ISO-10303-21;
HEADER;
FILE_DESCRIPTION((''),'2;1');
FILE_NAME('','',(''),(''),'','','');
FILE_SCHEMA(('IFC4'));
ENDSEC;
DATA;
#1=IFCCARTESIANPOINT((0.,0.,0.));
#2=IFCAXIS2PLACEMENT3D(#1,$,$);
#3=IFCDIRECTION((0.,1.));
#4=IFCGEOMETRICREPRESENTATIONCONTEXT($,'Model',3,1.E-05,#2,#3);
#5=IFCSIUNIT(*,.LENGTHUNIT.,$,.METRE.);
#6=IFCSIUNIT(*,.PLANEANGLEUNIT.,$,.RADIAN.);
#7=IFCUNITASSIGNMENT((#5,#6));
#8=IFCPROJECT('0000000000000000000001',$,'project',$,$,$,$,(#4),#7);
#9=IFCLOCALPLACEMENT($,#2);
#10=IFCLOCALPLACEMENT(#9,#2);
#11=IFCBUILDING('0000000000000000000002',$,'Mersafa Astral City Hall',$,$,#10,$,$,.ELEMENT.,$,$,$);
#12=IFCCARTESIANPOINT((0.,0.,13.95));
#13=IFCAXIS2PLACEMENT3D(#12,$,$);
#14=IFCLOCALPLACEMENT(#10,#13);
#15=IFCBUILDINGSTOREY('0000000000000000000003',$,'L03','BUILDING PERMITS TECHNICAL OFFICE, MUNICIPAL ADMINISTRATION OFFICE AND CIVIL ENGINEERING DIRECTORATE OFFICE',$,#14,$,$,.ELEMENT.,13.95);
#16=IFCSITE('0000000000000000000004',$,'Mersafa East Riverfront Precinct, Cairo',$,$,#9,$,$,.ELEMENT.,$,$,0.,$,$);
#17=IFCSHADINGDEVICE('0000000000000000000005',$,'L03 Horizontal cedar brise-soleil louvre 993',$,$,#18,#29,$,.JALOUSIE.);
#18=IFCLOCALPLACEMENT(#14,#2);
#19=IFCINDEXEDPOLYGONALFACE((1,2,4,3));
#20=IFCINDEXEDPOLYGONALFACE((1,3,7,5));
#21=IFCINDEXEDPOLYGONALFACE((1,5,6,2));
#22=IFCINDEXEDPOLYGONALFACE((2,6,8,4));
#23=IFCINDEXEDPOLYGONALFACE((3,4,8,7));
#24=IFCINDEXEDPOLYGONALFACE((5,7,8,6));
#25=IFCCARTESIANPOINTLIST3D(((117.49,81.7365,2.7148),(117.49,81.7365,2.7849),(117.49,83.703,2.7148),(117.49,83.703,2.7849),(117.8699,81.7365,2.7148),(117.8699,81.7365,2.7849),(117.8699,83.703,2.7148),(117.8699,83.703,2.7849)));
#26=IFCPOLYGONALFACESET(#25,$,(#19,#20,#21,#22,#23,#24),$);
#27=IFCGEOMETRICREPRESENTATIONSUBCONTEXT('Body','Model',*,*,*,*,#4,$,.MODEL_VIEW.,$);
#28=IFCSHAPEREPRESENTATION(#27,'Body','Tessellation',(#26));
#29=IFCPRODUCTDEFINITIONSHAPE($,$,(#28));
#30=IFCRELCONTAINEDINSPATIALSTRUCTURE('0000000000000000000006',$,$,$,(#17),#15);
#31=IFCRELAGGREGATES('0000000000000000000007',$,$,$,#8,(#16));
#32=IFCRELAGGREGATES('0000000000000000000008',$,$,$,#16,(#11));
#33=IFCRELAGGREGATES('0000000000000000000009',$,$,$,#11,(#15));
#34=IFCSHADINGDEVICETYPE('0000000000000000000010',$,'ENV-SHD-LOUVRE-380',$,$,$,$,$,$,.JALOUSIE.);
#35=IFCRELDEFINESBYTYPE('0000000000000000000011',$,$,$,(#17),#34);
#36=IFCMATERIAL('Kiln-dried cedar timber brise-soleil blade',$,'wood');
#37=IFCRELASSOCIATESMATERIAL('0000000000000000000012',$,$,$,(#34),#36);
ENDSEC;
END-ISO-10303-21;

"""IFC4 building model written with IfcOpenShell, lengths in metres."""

from ifc_helpers import new_model, si_unit, direction, frame, origin, origin_2d, place, context, subcontext, project, spatial, rectangle, extrude, material, type_object, element, save


model = new_model("IFC4")

# Units and contexts
model_context = context("Model", 3, precision=1e-05, world=origin(), true_north=direction((0.0, 1.0)))
body_context = subcontext(model_context, "Body", "Model", "MODEL_VIEW")
ifc_project = project(units=[si_unit("LENGTHUNIT", "METRE"), si_unit("PLANEANGLEUNIT", "RADIAN")], contexts=[model_context])

# Site, building, storey
site_placement = place(None, origin())
site = spatial("IfcSite", under=ifc_project, at=site_placement, Name="Mersafa East Riverfront Precinct, Cairo", CompositionType="ELEMENT", RefElevation=0.0)
building_placement = place(site_placement, origin())
building = spatial("IfcBuilding", under=site, at=building_placement, Name="Mersafa Astral City Hall", CompositionType="ELEMENT")
storey_placement = place(building_placement, frame((0.0, 0.0, 13.95)))
storey = spatial("IfcBuildingStorey", under=building, at=storey_placement, Name="L03", Description="BUILDING PERMITS TECHNICAL OFFICE, MUNICIPAL ADMINISTRATION OFFICE AND CIVIL ENGINEERING DIRECTORATE OFFICE", CompositionType="ELEMENT", Elevation=13.95)

# Shading device
ifc_material_1 = material(Name="Kiln-dried cedar timber brise-soleil blade", Category="wood")
shading_device_type_1 = type_object("IfcShadingDeviceType", Name="ENV-SHD-LOUVRE-380", PredefinedType="JALOUSIE", material=ifc_material_1)
for number, where, z_axis, x_axis, name in (
    (1, (117.6799, 82.7197, 2.7148), (0.0, 0.0, 1.0), (0.0, 1.0, 0.0), "L03 Horizontal cedar brise-soleil louvre 993"),
):
    element("IfcShadingDevice", number, at=place(storey_placement, frame(where, z_axis=z_axis, x_axis=x_axis)), inside=storey, type_object=shading_device_type_1, Name=name, PredefinedType="JALOUSIE", context=body_context, shape_type="SweptSolid", body=[
        extrude(rectangle(XDim=1.9666, YDim=0.3799, at=origin_2d()), origin(), (0.0, 0.0, 1.0), 0.0701),
    ])

save(model, "model.ifc")
